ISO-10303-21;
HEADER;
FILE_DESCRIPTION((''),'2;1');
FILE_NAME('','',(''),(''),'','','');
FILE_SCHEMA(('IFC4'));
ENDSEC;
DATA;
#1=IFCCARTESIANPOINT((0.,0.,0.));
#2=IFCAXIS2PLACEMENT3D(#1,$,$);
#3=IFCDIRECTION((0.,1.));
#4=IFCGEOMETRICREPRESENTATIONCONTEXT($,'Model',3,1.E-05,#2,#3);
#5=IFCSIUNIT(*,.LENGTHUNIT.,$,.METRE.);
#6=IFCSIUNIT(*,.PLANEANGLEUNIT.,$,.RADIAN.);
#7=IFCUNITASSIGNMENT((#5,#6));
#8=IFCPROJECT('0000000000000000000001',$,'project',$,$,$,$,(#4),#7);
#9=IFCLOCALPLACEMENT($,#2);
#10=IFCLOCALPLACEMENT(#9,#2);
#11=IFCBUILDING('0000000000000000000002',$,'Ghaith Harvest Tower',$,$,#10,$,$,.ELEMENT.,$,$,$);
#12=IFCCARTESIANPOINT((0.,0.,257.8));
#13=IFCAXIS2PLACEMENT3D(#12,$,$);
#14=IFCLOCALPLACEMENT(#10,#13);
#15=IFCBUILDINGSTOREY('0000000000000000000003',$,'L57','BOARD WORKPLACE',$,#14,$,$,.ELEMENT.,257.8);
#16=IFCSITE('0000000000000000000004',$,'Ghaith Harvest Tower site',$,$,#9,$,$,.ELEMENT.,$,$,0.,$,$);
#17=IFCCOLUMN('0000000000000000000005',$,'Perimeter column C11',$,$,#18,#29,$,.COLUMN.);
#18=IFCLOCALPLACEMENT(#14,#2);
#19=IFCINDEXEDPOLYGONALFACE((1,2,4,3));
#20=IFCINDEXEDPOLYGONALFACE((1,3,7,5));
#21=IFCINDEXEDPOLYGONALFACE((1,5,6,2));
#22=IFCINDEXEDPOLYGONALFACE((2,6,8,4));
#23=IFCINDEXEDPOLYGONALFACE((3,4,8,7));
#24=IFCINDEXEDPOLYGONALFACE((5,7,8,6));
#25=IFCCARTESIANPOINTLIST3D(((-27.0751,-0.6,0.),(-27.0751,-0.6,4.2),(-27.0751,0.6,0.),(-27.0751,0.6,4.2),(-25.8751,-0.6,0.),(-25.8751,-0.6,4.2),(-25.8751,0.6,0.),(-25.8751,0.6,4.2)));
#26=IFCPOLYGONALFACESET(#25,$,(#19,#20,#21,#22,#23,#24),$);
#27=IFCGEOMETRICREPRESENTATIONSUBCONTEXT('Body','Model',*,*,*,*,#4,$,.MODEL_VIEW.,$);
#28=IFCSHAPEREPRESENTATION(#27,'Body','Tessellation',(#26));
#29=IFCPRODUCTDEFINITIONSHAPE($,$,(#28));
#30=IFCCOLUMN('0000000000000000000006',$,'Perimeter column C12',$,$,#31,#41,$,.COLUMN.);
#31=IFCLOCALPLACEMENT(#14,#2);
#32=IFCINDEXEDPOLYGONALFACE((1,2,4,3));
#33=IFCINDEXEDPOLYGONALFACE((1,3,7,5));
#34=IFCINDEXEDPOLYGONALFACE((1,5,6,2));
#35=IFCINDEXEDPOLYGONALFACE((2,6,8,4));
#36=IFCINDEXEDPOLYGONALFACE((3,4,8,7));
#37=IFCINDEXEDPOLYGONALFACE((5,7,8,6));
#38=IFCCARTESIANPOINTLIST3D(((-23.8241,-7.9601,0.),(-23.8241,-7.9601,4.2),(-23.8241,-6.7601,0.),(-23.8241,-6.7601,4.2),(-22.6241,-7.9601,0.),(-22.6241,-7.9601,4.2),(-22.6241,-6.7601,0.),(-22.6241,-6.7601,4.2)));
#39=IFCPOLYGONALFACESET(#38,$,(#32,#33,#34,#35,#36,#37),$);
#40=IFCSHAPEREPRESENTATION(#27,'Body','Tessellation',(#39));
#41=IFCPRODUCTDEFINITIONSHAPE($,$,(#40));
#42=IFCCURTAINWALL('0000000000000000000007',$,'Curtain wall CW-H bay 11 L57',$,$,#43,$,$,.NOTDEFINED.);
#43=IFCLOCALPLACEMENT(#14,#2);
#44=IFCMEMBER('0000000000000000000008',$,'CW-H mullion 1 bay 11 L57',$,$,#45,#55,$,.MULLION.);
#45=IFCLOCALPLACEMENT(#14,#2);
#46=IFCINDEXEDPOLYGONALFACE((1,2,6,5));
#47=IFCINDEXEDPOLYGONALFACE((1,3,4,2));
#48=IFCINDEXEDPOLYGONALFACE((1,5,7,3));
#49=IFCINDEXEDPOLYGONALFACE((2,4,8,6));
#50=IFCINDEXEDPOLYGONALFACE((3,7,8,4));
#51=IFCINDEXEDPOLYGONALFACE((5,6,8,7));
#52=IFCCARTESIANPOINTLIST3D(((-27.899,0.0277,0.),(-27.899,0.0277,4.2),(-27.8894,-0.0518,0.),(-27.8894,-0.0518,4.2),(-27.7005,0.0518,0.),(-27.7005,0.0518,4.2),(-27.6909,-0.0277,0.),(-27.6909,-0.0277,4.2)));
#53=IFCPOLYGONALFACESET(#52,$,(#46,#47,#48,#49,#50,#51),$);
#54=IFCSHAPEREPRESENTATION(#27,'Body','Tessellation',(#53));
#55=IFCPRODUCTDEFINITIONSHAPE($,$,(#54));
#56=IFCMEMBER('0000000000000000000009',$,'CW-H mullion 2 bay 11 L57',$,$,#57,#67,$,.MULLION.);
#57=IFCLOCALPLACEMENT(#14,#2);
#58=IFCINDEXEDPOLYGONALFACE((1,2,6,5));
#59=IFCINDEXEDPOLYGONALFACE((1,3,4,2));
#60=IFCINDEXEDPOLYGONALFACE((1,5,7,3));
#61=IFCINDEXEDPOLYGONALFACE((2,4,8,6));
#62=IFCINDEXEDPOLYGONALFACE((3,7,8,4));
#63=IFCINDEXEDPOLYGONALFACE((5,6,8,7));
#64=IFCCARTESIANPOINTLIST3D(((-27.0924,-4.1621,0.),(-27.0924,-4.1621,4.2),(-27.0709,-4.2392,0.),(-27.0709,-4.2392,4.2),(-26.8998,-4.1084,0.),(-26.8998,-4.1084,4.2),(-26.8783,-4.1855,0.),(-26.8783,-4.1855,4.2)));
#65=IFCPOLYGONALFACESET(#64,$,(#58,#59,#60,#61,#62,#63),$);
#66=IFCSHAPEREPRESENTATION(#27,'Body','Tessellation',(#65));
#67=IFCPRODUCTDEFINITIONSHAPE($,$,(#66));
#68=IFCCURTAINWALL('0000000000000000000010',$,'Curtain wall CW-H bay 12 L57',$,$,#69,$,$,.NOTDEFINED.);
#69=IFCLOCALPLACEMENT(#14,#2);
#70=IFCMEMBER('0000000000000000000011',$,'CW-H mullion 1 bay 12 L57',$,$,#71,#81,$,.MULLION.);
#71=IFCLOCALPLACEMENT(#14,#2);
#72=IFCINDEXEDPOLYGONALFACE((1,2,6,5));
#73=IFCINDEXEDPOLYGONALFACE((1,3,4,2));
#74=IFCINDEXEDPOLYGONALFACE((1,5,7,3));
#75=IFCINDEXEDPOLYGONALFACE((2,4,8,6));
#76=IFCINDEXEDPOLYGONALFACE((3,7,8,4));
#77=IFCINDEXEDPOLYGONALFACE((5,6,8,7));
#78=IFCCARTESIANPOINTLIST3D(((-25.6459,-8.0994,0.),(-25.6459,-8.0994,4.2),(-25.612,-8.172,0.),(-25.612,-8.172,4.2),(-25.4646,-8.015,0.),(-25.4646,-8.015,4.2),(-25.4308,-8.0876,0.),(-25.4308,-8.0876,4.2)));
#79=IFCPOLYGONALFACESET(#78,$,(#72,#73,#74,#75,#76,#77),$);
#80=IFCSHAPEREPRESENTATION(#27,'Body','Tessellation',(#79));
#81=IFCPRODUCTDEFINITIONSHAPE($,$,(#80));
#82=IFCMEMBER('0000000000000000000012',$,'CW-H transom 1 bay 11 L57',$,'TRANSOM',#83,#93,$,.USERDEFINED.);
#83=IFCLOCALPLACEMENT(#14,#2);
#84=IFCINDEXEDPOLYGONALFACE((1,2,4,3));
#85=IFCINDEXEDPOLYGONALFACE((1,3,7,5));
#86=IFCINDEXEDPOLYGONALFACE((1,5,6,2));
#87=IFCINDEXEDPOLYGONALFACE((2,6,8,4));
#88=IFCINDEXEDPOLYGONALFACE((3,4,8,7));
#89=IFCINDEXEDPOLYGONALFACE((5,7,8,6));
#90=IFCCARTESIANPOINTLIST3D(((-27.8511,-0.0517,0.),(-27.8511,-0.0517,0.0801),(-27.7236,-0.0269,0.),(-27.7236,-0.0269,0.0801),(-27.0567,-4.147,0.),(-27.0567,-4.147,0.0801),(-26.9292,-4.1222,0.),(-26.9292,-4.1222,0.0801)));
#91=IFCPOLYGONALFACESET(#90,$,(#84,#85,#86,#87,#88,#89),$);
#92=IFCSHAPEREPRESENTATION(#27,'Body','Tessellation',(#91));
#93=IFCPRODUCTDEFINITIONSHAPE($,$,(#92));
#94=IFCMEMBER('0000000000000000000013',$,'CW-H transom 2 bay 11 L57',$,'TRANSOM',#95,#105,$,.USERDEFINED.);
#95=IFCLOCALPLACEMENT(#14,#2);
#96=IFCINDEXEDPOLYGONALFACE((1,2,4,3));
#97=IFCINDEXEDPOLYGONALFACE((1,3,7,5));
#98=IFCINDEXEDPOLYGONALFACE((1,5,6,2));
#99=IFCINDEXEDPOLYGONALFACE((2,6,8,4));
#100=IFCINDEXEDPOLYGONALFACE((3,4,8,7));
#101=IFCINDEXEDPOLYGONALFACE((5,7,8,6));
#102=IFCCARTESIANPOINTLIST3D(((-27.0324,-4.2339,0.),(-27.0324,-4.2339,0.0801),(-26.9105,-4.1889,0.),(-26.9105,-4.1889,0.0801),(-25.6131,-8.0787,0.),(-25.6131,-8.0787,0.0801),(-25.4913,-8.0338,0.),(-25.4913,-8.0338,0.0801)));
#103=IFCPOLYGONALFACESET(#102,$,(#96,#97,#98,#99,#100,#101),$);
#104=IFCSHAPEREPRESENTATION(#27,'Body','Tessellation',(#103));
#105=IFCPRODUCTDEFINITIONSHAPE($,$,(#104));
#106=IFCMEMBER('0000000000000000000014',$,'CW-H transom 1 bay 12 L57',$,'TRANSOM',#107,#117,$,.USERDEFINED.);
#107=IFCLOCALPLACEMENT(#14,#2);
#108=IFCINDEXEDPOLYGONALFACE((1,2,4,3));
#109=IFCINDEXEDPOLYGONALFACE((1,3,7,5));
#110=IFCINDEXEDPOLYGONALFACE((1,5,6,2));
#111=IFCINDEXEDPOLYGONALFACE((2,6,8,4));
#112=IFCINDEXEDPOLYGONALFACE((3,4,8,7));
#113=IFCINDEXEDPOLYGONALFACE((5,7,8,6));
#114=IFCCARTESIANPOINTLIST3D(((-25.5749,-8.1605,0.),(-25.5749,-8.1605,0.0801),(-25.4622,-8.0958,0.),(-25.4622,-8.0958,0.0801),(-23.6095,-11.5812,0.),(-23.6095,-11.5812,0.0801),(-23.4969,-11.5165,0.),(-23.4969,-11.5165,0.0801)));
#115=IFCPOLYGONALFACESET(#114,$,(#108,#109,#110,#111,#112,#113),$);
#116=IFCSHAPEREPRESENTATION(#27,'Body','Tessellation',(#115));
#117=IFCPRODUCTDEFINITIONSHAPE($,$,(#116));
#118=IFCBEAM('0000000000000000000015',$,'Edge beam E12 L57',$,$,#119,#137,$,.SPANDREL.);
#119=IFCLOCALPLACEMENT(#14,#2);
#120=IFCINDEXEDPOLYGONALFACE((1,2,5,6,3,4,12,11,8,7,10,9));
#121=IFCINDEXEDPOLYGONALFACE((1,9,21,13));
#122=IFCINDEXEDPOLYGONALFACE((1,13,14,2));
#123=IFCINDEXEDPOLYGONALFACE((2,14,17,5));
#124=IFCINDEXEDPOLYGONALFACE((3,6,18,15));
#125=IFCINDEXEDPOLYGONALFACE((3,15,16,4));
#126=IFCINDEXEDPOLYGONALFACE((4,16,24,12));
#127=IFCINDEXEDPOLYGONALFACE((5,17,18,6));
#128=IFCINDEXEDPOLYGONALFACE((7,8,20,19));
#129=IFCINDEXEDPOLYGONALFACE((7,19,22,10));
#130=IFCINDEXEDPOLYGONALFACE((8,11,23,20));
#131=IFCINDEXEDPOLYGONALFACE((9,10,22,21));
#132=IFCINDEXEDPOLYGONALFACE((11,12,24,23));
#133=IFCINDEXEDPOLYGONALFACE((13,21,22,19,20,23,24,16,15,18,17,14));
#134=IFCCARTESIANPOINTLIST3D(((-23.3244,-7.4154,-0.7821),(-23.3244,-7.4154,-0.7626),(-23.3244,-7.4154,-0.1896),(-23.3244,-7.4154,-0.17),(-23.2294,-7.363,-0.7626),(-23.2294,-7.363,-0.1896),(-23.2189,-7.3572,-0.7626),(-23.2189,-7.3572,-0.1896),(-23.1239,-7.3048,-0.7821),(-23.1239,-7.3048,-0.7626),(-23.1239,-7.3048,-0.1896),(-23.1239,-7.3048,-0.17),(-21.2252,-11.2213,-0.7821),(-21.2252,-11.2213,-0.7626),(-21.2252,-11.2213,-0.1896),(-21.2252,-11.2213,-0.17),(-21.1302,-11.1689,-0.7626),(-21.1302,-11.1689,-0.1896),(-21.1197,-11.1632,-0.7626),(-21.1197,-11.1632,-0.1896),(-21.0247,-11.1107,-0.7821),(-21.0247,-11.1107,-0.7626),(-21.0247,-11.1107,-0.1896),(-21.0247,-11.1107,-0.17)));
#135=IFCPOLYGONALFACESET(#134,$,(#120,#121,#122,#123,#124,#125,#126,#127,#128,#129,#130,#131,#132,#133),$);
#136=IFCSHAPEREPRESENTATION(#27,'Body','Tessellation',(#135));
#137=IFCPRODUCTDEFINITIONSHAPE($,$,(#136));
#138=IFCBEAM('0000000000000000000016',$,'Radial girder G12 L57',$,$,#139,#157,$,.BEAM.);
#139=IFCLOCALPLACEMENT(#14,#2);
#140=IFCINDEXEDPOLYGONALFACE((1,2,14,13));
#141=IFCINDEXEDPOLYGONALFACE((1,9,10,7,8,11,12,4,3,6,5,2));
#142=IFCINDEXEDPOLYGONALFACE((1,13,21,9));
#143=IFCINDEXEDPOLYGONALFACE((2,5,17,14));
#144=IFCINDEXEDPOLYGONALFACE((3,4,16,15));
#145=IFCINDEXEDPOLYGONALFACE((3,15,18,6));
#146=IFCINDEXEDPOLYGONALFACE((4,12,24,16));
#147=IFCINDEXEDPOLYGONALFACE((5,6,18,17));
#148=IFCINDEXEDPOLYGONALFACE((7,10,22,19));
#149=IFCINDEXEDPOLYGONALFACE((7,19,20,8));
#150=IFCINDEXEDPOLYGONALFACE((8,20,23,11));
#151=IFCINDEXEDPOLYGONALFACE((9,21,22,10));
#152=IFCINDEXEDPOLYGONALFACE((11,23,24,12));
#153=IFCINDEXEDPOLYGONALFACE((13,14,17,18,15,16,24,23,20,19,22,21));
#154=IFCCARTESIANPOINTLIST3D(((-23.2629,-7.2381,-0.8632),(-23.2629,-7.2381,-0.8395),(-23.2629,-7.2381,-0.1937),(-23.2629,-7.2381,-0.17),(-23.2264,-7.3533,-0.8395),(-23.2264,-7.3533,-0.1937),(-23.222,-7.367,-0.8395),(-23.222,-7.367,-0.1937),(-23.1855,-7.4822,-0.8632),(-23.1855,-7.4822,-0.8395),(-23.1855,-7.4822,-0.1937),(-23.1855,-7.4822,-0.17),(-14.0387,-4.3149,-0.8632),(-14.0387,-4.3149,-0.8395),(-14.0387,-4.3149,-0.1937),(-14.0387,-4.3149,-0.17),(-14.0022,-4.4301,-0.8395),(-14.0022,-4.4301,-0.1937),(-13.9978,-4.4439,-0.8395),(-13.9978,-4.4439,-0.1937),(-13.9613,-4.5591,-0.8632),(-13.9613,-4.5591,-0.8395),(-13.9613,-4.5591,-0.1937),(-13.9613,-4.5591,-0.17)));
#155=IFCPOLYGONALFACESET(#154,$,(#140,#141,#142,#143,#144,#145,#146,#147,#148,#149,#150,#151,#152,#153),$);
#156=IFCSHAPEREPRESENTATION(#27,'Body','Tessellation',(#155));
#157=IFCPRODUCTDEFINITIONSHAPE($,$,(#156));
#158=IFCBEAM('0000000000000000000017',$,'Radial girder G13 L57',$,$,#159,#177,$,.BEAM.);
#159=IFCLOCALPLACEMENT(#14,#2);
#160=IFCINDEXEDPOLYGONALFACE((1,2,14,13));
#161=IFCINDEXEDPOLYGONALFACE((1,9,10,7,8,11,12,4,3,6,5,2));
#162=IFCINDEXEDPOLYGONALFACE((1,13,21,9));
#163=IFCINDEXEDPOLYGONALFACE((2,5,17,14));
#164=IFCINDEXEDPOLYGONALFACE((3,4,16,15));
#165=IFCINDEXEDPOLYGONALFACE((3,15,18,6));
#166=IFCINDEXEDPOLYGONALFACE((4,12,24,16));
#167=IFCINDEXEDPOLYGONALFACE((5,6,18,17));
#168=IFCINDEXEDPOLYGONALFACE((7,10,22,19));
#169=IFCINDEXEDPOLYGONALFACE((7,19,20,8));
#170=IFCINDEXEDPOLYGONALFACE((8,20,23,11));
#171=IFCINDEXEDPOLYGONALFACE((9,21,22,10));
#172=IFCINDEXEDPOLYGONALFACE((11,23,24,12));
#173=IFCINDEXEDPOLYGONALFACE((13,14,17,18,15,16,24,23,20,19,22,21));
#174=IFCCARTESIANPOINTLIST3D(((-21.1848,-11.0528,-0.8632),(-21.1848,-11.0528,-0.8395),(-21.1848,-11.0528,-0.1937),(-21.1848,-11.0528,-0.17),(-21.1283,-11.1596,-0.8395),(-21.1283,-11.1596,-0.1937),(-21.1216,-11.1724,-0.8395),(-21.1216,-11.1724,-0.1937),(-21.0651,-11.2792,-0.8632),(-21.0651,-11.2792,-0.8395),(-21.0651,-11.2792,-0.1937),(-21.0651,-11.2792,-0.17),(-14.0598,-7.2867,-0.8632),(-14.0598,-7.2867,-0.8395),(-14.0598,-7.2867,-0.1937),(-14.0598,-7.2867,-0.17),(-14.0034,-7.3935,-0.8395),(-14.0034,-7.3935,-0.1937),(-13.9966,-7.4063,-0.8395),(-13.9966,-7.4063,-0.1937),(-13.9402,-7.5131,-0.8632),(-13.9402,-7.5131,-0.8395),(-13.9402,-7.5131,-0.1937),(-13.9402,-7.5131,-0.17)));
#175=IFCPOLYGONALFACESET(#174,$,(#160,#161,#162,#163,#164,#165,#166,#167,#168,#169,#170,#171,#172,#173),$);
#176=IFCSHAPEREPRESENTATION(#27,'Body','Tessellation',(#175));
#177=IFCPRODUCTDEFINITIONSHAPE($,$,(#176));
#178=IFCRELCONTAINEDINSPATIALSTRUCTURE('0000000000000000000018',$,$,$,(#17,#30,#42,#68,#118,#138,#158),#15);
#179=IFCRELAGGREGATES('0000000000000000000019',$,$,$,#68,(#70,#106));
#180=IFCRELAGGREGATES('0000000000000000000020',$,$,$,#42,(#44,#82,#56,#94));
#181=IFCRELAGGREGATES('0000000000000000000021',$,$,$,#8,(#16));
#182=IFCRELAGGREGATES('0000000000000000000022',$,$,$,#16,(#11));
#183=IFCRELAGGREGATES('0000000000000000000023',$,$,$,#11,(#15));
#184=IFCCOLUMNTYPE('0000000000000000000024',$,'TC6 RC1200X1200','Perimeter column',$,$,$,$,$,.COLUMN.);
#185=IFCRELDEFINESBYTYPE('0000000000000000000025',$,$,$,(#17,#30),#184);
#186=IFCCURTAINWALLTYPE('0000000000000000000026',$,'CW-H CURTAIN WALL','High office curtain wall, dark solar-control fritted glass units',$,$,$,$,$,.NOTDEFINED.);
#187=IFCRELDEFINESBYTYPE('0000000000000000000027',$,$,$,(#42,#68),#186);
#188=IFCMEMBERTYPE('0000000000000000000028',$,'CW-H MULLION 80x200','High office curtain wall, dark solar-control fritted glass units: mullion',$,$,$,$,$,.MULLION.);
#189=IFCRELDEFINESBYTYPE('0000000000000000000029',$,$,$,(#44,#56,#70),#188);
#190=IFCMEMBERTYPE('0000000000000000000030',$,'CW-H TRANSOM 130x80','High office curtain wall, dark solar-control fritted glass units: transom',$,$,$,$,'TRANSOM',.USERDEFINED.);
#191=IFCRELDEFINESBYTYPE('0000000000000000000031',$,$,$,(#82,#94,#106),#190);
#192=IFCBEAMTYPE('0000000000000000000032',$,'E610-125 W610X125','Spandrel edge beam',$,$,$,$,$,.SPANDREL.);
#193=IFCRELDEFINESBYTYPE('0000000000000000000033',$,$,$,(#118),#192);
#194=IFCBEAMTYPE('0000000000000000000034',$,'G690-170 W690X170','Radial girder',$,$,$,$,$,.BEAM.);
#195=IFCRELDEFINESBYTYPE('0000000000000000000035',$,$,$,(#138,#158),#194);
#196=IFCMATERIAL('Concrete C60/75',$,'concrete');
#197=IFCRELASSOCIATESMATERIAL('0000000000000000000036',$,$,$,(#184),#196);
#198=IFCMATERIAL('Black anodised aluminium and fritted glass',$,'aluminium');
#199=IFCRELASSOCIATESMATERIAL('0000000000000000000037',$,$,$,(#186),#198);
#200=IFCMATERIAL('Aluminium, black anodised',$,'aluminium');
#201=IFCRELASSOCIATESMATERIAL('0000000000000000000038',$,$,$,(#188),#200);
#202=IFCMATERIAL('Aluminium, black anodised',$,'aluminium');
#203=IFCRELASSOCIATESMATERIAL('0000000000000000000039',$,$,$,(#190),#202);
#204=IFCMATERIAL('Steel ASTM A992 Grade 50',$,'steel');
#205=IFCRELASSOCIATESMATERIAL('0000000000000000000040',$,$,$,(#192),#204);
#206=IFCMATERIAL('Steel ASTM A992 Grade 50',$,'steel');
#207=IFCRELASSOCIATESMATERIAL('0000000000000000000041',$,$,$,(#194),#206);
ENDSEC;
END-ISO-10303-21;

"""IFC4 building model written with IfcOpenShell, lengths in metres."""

from ifc_helpers import new_model, si_unit, direction, frame, origin, origin_2d, place, context, subcontext, project, spatial, rectangle, i_section, extrude, material, material_profile, profile_set, type_object, element, aggregate, save


model = new_model("IFC4")

# Units and contexts
model_context = context("Model", 3, precision=1e-05, world=origin(), true_north=direction((0.0, 1.0)))
body_context = subcontext(model_context, "Body", "Model", "MODEL_VIEW")
ifc_project = project(units=[si_unit("LENGTHUNIT", "METRE"), si_unit("PLANEANGLEUNIT", "RADIAN")], contexts=[model_context])

# Site, building, storey
site_placement = place(None, origin())
site = spatial("IfcSite", under=ifc_project, at=site_placement, Name="Ghaith Harvest Tower site", CompositionType="ELEMENT", RefElevation=0.0)
building_placement = place(site_placement, origin())
building = spatial("IfcBuilding", under=site, at=building_placement, Name="Ghaith Harvest Tower", CompositionType="ELEMENT")
storey_placement = place(building_placement, frame((0.0, 0.0, 257.8)))
storey = spatial("IfcBuildingStorey", under=building, at=storey_placement, Name="L57", Description="BOARD WORKPLACE", CompositionType="ELEMENT", Elevation=257.8)

# Columns
ifc_material_1 = material(Name="Concrete C60/75", Category="concrete")
ifc_material_profile_1 = material_profile(ifc_material_1, rectangle(XDim=1.2, YDim=1.2, at=origin_2d()), Name="RC1200X1200")
ifc_profile_set_1 = profile_set([ifc_material_profile_1], Name="Concrete C60/75")
column_type = type_object("IfcColumnType", Name="TC6 RC1200X1200", Description="Perimeter column", PredefinedType="COLUMN", material=ifc_profile_set_1)
for number, where, z_axis, x_axis, name in (
    (1, (-26.4751, 0.0, 0.0), (0.0, 0.0, 1.0), (1.0, 0.0, 0.0), "Perimeter column C11"),
    (2, (-23.2241, -7.3601, 0.0), (0.0, 0.0, 1.0), (1.0, 0.0, 0.0), "Perimeter column C12"),
):
    element("IfcColumn", number, at=place(storey_placement, frame(where, z_axis=z_axis, x_axis=x_axis)), inside=storey, type_object=column_type, Name=name, PredefinedType="COLUMN", context=body_context, shape_type="SweptSolid", body=[
        extrude(rectangle(XDim=1.2, YDim=1.2, at=origin_2d()), origin(), (0.0, 0.0, 1.0), 4.2),
    ])

# Curtain wall, members
ifc_material_2 = material(Name="Black anodised aluminium and fritted glass", Category="aluminium")
curtain_wall_type = type_object("IfcCurtainWallType", Name="CW-H CURTAIN WALL", Description="High office curtain wall, dark solar-control fritted glass units", PredefinedType="NOTDEFINED", material=ifc_material_2)
curtain_wall_1_placement = place(storey_placement, origin())
curtain_wall_1 = element("IfcCurtainWall", 3, at=curtain_wall_1_placement, inside=storey, type_object=curtain_wall_type, Name="Curtain wall CW-H bay 11 L57", PredefinedType="NOTDEFINED")
ifc_material_3 = material(Name="Aluminium, black anodised", Category="aluminium")
ifc_material_profile_2 = material_profile(ifc_material_3, rectangle(XDim=0.0801, YDim=0.2, at=origin_2d()), Name="CW-H MULLION 80x200")
ifc_profile_set_2 = profile_set([ifc_material_profile_2], Name="Aluminium, black anodised")
member_type_1 = type_object("IfcMemberType", Name="CW-H MULLION 80x200", Description="High office curtain wall, dark solar-control fritted glass units: mullion", PredefinedType="MULLION", material=ifc_profile_set_2)
member_1_placement = place(storey_placement, frame((-27.7949, 0.0, 0.0), z_axis=(0.0, 0.0, 1.0), x_axis=(0.12025, -0.992744, 0.0)))
member_1 = element("IfcMember", 4, at=member_1_placement, type_object=member_type_1, Name="CW-H mullion 1 bay 11 L57", PredefinedType="MULLION", context=body_context, shape_type="SweptSolid", body=[
    extrude(rectangle(XDim=0.0801, YDim=0.2, at=origin_2d()), origin(), (0.0, 0.0, 1.0), 4.2),
])
member_2_placement = place(storey_placement, frame((-26.9854, -4.1738, 0.0), z_axis=(0.0, 0.0, 1.0), x_axis=(0.268569, -0.96326, 0.0)))
member_2 = element("IfcMember", 5, at=member_2_placement, type_object=member_type_1, Name="CW-H mullion 2 bay 11 L57", PredefinedType="MULLION", context=body_context, shape_type="SweptSolid", body=[
    extrude(rectangle(XDim=0.0801, YDim=0.2, at=origin_2d()), origin(), (0.0, 0.0, 1.0), 4.2),
])

# Curtain wall, member
curtain_wall_2_placement = place(storey_placement, origin())
curtain_wall_2 = element("IfcCurtainWall", 6, at=curtain_wall_2_placement, inside=storey, type_object=curtain_wall_type, Name="Curtain wall CW-H bay 12 L57", PredefinedType="NOTDEFINED")
member_3_placement = place(storey_placement, frame((-25.5383, -8.0935, 0.0), z_axis=(0.0, 0.0, 1.0), x_axis=(0.422309, -0.906452, 0.0)))
member_3 = element("IfcMember", 7, at=member_3_placement, type_object=member_type_1, Name="CW-H mullion 1 bay 12 L57", PredefinedType="MULLION", context=body_context, shape_type="SweptSolid", body=[
    extrude(rectangle(XDim=0.0801, YDim=0.2, at=origin_2d()), origin(), (0.0, 0.0, 1.0), 4.2),
])

# Members
ifc_material_4 = material(Name="Aluminium, black anodised", Category="aluminium")
ifc_material_profile_3 = material_profile(ifc_material_4, rectangle(XDim=0.1299, YDim=0.0801, at=origin_2d()), Name="CW-H TRANSOM 130x80")
ifc_profile_set_3 = profile_set([ifc_material_profile_3], Name="Aluminium, black anodised")
member_type_2 = type_object("IfcMemberType", Name="CW-H TRANSOM 130x80", Description="High office curtain wall, dark solar-control fritted glass units: transom", ElementType="TRANSOM", PredefinedType="USERDEFINED", material=ifc_profile_set_3)
member_4_placement = place(storey_placement, frame((-27.7874, -0.0393, 0.04), z_axis=(0.19044, -0.981699, 0.0), x_axis=(0.981699, 0.19044, 0.0)))
member_4 = element("IfcMember", 8, at=member_4_placement, type_object=member_type_2, Name="CW-H transom 1 bay 11 L57", ObjectType="TRANSOM", PredefinedType="USERDEFINED", context=body_context, shape_type="SweptSolid", body=[
    extrude(rectangle(XDim=0.1299, YDim=0.0801, at=origin_2d()), origin(), (0.0, 0.0, 1.0), 4.1716),
])
member_5_placement = place(storey_placement, frame((-26.9714, -4.2114, 0.04), z_axis=(0.346288, -0.938128, 0.0), x_axis=(0.938128, 0.346288, 0.0)))
member_5 = element("IfcMember", 9, at=member_5_placement, type_object=member_type_2, Name="CW-H transom 2 bay 11 L57", ObjectType="TRANSOM", PredefinedType="USERDEFINED", context=body_context, shape_type="SweptSolid", body=[
    extrude(rectangle(XDim=0.1299, YDim=0.0801, at=origin_2d()), origin(), (0.0, 0.0, 1.0), 4.0984),
])
member_6_placement = place(storey_placement, frame((-25.5186, -8.1282, 0.04), z_axis=(0.498177, -0.867075, 0.0), x_axis=(0.867075, 0.498177, 0.0)))
member_6 = element("IfcMember", 10, at=member_6_placement, type_object=member_type_2, Name="CW-H transom 1 bay 12 L57", ObjectType="TRANSOM", PredefinedType="USERDEFINED", context=body_context, shape_type="SweptSolid", body=[
    extrude(rectangle(XDim=0.1299, YDim=0.0801, at=origin_2d()), origin(), (0.0, 0.0, 1.0), 3.9451),
])
aggregate(curtain_wall_2, [member_3, member_6])

# Beams
ifc_material_5 = material(Name="Steel ASTM A992 Grade 50", Category="steel")
ifc_material_profile_4 = material_profile(ifc_material_5, i_section(OverallWidth=0.229, OverallDepth=0.6121, WebThickness=0.012, FlangeThickness=0.0195, at=origin_2d()), Name="W610X125")
ifc_profile_set_4 = profile_set([ifc_material_profile_4], Name="Steel ASTM A992 Grade 50")
beam_type_1 = type_object("IfcBeamType", Name="E610-125 W610X125", Description="Spandrel edge beam", PredefinedType="SPANDREL", material=ifc_profile_set_4)
beam_1_placement = place(storey_placement, frame((-23.2241, -7.3601, -0.4761), z_axis=(0.482956, -0.875645, 0.0), x_axis=(0.875645, 0.482956, 0.0)))
element("IfcBeam", 11, at=beam_1_placement, inside=storey, type_object=beam_type_1, Name="Edge beam E12 L57", PredefinedType="SPANDREL", context=body_context, shape_type="SweptSolid", body=[
    extrude(i_section(OverallWidth=0.229, OverallDepth=0.6121, WebThickness=0.012, FlangeThickness=0.0195, at=origin_2d()), origin(), (0.0, 0.0, 1.0), 4.3464),
])
ifc_material_6 = material(Name="Steel ASTM A992 Grade 50", Category="steel")
ifc_material_profile_5 = material_profile(ifc_material_6, i_section(OverallWidth=0.2561, OverallDepth=0.6931, WebThickness=0.0144, FlangeThickness=0.0237, at=origin_2d()), Name="W690X170")
ifc_profile_set_5 = profile_set([ifc_material_profile_5], Name="Steel ASTM A992 Grade 50")
beam_type_2 = type_object("IfcBeamType", Name="G690-170 W690X170", Description="Radial girder", PredefinedType="BEAM", material=ifc_profile_set_5)
beam_2_placement = place(storey_placement, frame((-14.0, -4.437, -0.5166), z_axis=(-0.953279, -0.302091, 0.0), x_axis=(0.302091, -0.953279, 0.0)))
element("IfcBeam", 12, at=beam_2_placement, inside=storey, type_object=beam_type_2, Name="Radial girder G12 L57", PredefinedType="BEAM", context=body_context, shape_type="SweptSolid", body=[
    extrude(i_section(OverallWidth=0.2561, OverallDepth=0.6931, WebThickness=0.0144, FlangeThickness=0.0237, at=origin_2d()), origin(), (0.0, 0.0, 1.0), 9.6763),
])
beam_3_placement = place(storey_placement, frame((-14.0, -7.3999, -0.5166), z_axis=(-0.884093, -0.467311, 0.0), x_axis=(0.467311, -0.884093, 0.0)))
element("IfcBeam", 13, at=beam_3_placement, inside=storey, type_object=beam_type_2, Name="Radial girder G13 L57", PredefinedType="BEAM", context=body_context, shape_type="SweptSolid", body=[
    extrude(i_section(OverallWidth=0.2561, OverallDepth=0.6931, WebThickness=0.0144, FlangeThickness=0.0237, at=origin_2d()), origin(), (0.0, 0.0, 1.0), 8.0591),
])

aggregate(curtain_wall_1, [member_1, member_4, member_2, member_5])

save(model, "model.ifc")
